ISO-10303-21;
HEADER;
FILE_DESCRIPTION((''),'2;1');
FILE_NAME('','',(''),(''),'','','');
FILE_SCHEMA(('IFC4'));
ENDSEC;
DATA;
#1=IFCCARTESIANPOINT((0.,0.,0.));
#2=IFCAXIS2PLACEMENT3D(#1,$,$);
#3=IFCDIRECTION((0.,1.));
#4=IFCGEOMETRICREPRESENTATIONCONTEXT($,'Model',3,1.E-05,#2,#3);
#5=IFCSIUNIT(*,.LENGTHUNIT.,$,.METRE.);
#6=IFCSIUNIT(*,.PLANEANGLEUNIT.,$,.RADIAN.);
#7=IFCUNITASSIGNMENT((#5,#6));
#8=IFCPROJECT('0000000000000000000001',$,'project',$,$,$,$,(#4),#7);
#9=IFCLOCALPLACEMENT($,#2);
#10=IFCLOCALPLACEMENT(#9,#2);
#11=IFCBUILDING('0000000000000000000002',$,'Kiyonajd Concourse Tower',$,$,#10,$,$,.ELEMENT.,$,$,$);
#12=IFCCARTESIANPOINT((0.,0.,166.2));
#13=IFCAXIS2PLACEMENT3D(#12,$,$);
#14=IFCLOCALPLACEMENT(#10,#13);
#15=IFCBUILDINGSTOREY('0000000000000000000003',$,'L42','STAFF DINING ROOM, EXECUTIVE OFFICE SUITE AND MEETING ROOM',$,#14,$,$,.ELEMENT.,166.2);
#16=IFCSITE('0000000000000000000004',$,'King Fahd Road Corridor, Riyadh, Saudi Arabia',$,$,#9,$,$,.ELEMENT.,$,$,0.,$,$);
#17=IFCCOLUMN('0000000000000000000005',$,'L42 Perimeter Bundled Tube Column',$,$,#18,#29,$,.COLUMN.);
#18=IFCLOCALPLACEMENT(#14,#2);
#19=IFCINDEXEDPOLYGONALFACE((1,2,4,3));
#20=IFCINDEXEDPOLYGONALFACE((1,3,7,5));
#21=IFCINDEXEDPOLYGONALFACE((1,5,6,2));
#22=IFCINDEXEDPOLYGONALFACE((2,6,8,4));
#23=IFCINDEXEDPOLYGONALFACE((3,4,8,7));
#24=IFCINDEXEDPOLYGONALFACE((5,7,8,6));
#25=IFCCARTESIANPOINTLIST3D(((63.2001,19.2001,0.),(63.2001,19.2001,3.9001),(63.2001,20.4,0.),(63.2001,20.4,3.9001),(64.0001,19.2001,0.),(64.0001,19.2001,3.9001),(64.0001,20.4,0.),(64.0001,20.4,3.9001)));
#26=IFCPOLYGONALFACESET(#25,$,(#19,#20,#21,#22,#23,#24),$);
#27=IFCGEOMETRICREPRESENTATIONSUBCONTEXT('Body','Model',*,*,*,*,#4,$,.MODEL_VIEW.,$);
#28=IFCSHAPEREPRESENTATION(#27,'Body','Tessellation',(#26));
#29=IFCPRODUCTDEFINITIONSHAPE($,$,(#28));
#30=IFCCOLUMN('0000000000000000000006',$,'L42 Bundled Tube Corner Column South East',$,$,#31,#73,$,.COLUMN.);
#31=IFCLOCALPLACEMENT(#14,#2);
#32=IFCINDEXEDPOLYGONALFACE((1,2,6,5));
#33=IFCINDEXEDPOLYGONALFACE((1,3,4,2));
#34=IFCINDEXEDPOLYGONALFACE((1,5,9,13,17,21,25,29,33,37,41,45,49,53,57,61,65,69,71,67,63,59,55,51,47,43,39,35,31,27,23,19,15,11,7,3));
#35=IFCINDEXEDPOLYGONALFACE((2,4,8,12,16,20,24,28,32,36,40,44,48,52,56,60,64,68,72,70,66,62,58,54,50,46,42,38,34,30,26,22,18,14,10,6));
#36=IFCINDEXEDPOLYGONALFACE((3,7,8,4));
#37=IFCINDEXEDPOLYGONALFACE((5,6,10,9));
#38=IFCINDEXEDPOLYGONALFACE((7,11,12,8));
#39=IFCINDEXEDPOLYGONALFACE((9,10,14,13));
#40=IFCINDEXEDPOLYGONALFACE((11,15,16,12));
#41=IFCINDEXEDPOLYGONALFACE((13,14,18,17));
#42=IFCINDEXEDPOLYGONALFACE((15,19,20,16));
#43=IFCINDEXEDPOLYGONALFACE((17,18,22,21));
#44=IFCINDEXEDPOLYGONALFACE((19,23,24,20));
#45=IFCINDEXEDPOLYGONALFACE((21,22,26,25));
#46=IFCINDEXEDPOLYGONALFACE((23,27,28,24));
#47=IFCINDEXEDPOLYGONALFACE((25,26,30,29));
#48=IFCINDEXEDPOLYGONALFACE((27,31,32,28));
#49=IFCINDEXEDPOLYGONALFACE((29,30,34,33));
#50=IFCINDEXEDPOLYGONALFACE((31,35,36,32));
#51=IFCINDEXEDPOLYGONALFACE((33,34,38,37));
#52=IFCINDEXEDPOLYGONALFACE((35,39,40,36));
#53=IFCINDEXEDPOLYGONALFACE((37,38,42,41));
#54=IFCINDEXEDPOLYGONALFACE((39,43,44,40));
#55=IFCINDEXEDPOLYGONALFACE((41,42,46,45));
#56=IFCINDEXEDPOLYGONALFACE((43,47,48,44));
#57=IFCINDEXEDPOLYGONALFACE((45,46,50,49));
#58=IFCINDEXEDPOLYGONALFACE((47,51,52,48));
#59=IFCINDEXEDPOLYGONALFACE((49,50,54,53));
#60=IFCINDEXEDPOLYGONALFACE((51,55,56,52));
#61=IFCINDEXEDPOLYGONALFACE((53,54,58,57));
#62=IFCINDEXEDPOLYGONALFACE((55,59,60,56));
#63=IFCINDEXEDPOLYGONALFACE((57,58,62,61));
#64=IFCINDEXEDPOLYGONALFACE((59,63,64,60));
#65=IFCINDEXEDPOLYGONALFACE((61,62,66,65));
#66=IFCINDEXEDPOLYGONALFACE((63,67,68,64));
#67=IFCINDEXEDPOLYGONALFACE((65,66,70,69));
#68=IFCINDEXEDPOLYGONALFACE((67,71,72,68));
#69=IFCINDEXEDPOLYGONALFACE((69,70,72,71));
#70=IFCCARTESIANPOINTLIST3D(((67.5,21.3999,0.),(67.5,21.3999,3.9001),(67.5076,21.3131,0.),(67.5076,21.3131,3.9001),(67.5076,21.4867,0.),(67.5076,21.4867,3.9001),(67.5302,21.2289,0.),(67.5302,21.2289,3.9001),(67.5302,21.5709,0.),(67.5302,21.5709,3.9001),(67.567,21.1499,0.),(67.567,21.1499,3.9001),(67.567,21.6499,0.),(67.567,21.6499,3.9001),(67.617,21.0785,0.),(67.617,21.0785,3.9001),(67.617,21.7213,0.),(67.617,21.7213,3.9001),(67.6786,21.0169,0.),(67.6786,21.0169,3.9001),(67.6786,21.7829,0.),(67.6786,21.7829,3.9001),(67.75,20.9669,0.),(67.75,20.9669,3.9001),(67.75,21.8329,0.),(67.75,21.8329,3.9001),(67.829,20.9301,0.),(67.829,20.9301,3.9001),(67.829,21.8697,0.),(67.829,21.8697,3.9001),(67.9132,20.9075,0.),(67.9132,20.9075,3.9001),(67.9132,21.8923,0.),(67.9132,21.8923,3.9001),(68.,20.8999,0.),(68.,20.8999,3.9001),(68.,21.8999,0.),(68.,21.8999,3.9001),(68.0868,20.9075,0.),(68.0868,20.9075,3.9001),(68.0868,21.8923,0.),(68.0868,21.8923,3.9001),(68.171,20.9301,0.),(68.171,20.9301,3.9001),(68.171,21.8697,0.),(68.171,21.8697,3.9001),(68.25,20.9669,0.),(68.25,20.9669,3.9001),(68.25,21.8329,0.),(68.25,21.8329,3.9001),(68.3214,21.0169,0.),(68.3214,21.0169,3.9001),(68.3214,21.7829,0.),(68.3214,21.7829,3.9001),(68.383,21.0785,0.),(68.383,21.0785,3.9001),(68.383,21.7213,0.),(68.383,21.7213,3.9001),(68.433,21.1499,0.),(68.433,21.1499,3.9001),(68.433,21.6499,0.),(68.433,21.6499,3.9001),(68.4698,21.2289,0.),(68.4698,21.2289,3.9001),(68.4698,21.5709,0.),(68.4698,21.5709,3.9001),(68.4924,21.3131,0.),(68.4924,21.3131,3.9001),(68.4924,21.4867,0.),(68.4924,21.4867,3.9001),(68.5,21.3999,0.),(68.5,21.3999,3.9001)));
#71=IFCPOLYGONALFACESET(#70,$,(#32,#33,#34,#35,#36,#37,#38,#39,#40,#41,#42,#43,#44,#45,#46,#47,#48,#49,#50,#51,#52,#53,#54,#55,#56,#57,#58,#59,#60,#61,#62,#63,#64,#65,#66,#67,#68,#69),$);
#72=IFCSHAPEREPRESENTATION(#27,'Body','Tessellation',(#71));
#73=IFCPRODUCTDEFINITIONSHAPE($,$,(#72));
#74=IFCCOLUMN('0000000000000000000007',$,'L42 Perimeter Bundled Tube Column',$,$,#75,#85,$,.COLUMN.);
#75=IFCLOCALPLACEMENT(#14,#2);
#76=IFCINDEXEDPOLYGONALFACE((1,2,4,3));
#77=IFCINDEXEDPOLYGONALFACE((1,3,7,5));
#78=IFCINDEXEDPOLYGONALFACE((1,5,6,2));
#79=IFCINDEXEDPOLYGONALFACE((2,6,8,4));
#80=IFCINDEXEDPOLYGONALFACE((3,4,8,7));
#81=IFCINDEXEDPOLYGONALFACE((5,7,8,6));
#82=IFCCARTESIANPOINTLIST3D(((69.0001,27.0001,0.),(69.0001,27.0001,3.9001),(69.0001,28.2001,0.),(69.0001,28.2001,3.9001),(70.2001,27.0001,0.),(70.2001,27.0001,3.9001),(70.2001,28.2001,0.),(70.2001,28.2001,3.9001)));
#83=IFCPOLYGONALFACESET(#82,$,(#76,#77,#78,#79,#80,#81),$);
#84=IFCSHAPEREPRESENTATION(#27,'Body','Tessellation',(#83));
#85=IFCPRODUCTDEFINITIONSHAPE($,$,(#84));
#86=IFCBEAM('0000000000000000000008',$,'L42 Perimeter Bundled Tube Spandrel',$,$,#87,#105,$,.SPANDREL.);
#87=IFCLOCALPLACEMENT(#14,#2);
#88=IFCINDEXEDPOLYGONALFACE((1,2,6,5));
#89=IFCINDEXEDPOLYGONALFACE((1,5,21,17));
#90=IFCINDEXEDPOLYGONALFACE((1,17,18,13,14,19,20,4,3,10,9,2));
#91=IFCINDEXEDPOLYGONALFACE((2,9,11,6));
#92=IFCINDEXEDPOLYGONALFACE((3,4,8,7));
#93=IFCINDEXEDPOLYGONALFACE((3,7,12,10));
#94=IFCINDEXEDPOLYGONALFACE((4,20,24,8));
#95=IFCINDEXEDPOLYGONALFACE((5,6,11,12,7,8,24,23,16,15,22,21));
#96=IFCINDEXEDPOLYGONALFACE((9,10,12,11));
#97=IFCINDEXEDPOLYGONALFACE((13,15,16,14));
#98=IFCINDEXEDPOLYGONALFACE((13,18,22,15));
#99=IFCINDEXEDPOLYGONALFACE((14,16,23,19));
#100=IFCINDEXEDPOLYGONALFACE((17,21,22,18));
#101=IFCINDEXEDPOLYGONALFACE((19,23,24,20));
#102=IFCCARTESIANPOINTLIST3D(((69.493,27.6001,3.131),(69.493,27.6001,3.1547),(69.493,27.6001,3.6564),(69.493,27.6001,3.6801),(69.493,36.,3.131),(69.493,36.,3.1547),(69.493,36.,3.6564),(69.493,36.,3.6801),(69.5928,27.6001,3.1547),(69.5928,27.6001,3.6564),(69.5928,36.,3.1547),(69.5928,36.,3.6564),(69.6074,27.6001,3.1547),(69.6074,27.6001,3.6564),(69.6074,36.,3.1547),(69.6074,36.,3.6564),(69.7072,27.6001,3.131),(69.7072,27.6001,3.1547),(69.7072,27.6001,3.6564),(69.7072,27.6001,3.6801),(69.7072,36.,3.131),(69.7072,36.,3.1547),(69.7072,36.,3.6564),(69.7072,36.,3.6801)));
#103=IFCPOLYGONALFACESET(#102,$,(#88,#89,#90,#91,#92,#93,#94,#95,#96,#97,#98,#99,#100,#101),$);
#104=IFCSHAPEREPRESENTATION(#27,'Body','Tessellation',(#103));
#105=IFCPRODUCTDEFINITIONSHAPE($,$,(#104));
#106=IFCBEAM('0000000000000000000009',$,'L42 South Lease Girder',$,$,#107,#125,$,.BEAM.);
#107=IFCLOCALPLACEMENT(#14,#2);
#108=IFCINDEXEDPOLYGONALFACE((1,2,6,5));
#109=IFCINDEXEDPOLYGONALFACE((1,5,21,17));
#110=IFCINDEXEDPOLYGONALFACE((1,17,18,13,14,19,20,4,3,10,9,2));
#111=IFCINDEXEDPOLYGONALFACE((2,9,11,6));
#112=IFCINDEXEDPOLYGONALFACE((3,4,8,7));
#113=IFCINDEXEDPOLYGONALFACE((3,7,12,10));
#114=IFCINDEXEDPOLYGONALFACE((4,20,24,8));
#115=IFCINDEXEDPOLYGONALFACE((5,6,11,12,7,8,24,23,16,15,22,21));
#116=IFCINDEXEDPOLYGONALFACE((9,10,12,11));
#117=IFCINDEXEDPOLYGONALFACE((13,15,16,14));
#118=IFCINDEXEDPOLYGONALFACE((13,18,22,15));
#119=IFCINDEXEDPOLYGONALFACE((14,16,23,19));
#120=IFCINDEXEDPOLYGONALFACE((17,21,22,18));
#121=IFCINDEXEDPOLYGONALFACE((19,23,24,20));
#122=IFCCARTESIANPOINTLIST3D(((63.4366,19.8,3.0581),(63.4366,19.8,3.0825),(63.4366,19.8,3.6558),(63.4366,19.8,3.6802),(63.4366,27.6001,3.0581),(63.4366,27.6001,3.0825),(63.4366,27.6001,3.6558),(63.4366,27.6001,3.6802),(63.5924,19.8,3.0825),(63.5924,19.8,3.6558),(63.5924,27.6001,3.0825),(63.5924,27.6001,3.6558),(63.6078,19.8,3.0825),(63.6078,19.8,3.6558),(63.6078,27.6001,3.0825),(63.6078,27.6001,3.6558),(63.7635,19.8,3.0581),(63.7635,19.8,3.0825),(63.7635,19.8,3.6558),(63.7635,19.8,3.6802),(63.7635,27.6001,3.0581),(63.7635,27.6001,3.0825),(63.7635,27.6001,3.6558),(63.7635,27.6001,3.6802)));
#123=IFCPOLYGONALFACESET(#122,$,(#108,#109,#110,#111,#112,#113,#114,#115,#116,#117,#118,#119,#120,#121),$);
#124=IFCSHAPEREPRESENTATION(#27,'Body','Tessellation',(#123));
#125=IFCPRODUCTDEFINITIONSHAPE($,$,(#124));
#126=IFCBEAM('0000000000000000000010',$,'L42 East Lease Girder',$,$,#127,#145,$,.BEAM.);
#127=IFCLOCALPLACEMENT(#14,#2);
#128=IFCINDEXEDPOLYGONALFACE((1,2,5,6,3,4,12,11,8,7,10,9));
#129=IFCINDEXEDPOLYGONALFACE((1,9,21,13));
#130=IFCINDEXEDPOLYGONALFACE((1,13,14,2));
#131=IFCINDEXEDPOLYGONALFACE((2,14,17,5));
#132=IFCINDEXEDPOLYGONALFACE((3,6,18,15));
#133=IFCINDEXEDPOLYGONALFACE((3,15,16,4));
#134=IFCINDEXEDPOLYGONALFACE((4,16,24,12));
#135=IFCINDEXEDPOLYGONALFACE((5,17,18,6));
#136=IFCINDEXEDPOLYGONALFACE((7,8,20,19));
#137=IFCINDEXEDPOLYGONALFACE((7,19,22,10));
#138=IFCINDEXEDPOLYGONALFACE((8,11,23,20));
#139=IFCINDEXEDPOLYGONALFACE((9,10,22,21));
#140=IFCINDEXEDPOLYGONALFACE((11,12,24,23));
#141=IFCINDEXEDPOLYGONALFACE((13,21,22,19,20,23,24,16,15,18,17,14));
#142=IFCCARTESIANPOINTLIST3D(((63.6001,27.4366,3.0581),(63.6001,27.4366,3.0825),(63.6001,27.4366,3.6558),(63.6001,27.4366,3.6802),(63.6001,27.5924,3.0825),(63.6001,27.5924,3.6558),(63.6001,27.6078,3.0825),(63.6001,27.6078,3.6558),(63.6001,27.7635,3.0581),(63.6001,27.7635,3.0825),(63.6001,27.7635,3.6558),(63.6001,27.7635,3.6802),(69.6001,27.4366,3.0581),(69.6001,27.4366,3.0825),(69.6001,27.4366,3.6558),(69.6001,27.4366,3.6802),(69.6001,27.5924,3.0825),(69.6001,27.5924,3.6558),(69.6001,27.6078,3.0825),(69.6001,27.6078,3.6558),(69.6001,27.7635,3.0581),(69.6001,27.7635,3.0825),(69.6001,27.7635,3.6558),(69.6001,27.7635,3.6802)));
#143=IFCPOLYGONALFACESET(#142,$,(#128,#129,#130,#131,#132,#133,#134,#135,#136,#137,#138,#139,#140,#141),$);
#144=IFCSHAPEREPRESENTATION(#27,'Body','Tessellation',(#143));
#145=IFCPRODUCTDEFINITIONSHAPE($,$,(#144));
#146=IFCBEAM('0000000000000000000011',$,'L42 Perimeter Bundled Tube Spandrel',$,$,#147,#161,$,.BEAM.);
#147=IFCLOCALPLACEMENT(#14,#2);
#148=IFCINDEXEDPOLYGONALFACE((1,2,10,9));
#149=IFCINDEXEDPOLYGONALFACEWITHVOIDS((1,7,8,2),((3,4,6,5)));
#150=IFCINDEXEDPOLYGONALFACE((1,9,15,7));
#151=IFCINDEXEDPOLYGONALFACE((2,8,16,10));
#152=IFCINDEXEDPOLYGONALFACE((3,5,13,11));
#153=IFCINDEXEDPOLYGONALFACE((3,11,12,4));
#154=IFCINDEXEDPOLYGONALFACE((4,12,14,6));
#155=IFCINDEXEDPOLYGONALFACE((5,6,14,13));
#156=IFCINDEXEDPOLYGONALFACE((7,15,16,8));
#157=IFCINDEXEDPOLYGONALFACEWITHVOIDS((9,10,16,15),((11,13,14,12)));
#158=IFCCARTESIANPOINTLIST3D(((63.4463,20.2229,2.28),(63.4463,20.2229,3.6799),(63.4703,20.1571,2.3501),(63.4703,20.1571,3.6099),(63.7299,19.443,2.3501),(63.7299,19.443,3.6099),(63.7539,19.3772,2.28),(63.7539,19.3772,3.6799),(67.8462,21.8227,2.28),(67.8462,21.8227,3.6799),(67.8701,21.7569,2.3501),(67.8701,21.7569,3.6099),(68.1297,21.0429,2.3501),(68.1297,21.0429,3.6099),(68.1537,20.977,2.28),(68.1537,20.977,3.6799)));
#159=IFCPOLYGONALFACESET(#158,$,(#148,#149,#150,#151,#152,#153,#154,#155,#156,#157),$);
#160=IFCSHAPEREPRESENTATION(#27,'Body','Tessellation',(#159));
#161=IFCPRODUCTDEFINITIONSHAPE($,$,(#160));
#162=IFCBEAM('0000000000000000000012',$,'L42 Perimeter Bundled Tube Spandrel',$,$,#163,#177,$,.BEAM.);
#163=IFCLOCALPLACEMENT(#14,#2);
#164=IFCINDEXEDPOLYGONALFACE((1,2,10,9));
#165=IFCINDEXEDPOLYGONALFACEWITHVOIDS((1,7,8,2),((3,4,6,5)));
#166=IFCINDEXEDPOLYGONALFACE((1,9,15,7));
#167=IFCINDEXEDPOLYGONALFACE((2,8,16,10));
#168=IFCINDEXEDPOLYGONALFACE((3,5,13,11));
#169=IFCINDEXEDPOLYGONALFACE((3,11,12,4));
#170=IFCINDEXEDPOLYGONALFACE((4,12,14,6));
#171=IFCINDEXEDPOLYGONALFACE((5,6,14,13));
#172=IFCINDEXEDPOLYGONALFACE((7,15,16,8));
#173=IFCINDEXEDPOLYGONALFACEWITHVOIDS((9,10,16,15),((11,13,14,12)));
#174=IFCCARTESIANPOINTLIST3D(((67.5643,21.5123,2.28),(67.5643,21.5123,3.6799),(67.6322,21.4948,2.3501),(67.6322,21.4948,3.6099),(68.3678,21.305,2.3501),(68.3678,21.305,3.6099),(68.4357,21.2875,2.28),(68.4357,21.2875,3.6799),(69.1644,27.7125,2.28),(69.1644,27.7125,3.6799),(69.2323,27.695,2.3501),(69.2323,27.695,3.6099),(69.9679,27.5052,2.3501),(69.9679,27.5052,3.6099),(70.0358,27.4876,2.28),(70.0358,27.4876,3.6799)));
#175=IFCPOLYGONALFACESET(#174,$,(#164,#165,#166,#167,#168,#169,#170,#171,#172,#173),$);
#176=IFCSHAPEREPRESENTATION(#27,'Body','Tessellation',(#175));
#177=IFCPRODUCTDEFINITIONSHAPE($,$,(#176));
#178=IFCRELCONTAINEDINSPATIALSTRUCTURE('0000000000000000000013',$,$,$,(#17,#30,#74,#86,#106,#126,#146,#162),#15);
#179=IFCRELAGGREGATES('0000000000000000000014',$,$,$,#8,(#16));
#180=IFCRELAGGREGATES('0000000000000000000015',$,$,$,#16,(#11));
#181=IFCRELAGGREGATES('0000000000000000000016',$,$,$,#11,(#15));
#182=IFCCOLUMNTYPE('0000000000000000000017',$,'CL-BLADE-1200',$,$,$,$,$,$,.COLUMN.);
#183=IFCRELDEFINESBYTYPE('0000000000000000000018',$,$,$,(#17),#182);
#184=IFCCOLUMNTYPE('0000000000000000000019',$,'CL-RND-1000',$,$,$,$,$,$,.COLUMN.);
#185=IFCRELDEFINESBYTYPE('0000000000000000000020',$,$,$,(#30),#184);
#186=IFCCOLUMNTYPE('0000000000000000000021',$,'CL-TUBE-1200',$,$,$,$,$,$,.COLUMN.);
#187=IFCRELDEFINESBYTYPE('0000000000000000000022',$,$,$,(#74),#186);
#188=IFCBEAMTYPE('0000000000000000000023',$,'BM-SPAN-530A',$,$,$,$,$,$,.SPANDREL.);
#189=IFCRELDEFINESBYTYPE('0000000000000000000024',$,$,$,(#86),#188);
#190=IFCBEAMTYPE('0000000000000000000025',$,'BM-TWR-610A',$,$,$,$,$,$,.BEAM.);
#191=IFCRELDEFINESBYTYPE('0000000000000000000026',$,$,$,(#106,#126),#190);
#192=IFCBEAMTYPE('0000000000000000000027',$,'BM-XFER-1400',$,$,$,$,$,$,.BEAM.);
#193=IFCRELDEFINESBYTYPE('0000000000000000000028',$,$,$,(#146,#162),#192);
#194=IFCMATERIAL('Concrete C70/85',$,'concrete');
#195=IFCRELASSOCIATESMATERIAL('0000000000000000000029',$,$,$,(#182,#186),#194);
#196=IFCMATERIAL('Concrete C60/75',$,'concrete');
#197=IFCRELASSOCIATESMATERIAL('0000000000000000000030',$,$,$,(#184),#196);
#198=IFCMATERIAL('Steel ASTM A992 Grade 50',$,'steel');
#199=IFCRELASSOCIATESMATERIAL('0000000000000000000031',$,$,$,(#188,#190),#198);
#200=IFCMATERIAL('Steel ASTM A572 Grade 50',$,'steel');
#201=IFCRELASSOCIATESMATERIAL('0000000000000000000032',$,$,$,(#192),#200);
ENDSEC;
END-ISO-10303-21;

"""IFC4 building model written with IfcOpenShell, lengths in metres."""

from ifc_helpers import new_model, si_unit, direction, frame, origin, origin_2d, place, context, subcontext, project, spatial, rectangle, hollow_rectangle, circle, i_section, extrude, material, material_profile, profile_set, type_object, element, save


model = new_model("IFC4")

# Units and contexts
model_context = context("Model", 3, precision=1e-05, world=origin(), true_north=direction((0.0, 1.0)))
body_context = subcontext(model_context, "Body", "Model", "MODEL_VIEW")
ifc_project = project(units=[si_unit("LENGTHUNIT", "METRE"), si_unit("PLANEANGLEUNIT", "RADIAN")], contexts=[model_context])

# Site, building, storey
site_placement = place(None, origin())
site = spatial("IfcSite", under=ifc_project, at=site_placement, Name="King Fahd Road Corridor, Riyadh, Saudi Arabia", CompositionType="ELEMENT", RefElevation=0.0)
building_placement = place(site_placement, origin())
building = spatial("IfcBuilding", under=site, at=building_placement, Name="Kiyonajd Concourse Tower", CompositionType="ELEMENT")
storey_placement = place(building_placement, frame((0.0, 0.0, 166.2)))
storey = spatial("IfcBuildingStorey", under=building, at=storey_placement, Name="L42", Description="STAFF DINING ROOM, EXECUTIVE OFFICE SUITE AND MEETING ROOM", CompositionType="ELEMENT", Elevation=166.2)

# Columns
ifc_material_1 = material(Name="Concrete C70/85", Category="concrete")
ifc_material_profile_1 = material_profile(ifc_material_1, rectangle(XDim=0.8, YDim=1.2, at=origin_2d()), Name="RC-1200x800")
ifc_profile_set_1 = profile_set([ifc_material_profile_1], Name="Concrete C70/85")
column_type_1 = type_object("IfcColumnType", Name="CL-BLADE-1200", PredefinedType="COLUMN", material=ifc_profile_set_1)
column_1_placement = place(storey_placement, frame((63.6001, 19.8, 0.0), z_axis=(0.0, 0.0, 1.0), x_axis=(1.0, 0.0, 0.0)))
element("IfcColumn", 1, at=column_1_placement, inside=storey, type_object=column_type_1, Name="L42 Perimeter Bundled Tube Column", PredefinedType="COLUMN", context=body_context, shape_type="SweptSolid", body=[
    extrude(rectangle(XDim=0.8, YDim=1.2, at=origin_2d()), origin(), (0.0, 0.0, 1.0), 3.9001),
])
ifc_material_2 = material(Name="Concrete C60/75", Category="concrete")
ifc_material_profile_2 = material_profile(ifc_material_2, circle(Radius=0.5, at=origin_2d()), Name="RCC-D1000")
ifc_profile_set_2 = profile_set([ifc_material_profile_2], Name="Concrete C60/75")
column_type_2 = type_object("IfcColumnType", Name="CL-RND-1000", PredefinedType="COLUMN", material=ifc_profile_set_2)
column_2_placement = place(storey_placement, frame((68.0, 21.3999, 0.0), z_axis=(0.0, 0.0, 1.0), x_axis=(1.0, 0.0, 0.0)))
element("IfcColumn", 2, at=column_2_placement, inside=storey, type_object=column_type_2, Name="L42 Bundled Tube Corner Column South East", PredefinedType="COLUMN", context=body_context, shape_type="SweptSolid", body=[
    extrude(circle(Radius=0.5, at=origin_2d()), origin(), (0.0, 0.0, 1.0), 3.9001),
])
ifc_material_profile_3 = material_profile(ifc_material_1, rectangle(XDim=1.2, YDim=1.2, at=origin_2d()), Name="RC-1200x1200")
ifc_profile_set_3 = profile_set([ifc_material_profile_3], Name="Concrete C70/85")
column_type_3 = type_object("IfcColumnType", Name="CL-TUBE-1200", PredefinedType="COLUMN", material=ifc_profile_set_3)
column_3_placement = place(storey_placement, frame((69.6001, 27.6001, 0.0), z_axis=(0.0, 0.0, 1.0), x_axis=(1.0, 0.0, 0.0)))
element("IfcColumn", 3, at=column_3_placement, inside=storey, type_object=column_type_3, Name="L42 Perimeter Bundled Tube Column", PredefinedType="COLUMN", context=body_context, shape_type="SweptSolid", body=[
    extrude(rectangle(XDim=1.2, YDim=1.2, at=origin_2d()), origin(), (0.0, 0.0, 1.0), 3.9001),
])

# Beams
ifc_material_3 = material(Name="Steel ASTM A992 Grade 50", Category="steel")
ifc_material_profile_4 = material_profile(ifc_material_3, i_section(OverallWidth=0.2141, OverallDepth=0.5491, WebThickness=0.0146, FlangeThickness=0.0237, at=origin_2d()), Name="W530X138")
ifc_profile_set_4 = profile_set([ifc_material_profile_4], Name="Steel ASTM A992 Grade 50")
beam_type_1 = type_object("IfcBeamType", Name="BM-SPAN-530A", PredefinedType="SPANDREL", material=ifc_profile_set_4)
beam_1_placement = place(storey_placement, frame((69.6001, 27.6001, 3.4055), z_axis=(0.0, 1.0, 0.0), x_axis=(-1.0, 0.0, 0.0)))
element("IfcBeam", 4, at=beam_1_placement, inside=storey, type_object=beam_type_1, Name="L42 Perimeter Bundled Tube Spandrel", PredefinedType="SPANDREL", context=body_context, shape_type="SweptSolid", body=[
    extrude(i_section(OverallWidth=0.2141, OverallDepth=0.5491, WebThickness=0.0146, FlangeThickness=0.0237, at=origin_2d()), origin(), (0.0, 0.0, 1.0), 8.3999),
])
ifc_material_profile_5 = material_profile(ifc_material_3, i_section(OverallWidth=0.3269, OverallDepth=0.6221, WebThickness=0.0154, FlangeThickness=0.0244, at=origin_2d()), Name="W610X195")
ifc_profile_set_5 = profile_set([ifc_material_profile_5], Name="Steel ASTM A992 Grade 50")
beam_type_2 = type_object("IfcBeamType", Name="BM-TWR-610A", PredefinedType="BEAM", material=ifc_profile_set_5)
beam_2_placement = place(storey_placement, frame((63.6001, 19.8, 3.3691), z_axis=(0.0, 1.0, 0.0), x_axis=(-1.0, 0.0, 0.0)))
element("IfcBeam", 5, at=beam_2_placement, inside=storey, type_object=beam_type_2, Name="L42 South Lease Girder", PredefinedType="BEAM", context=body_context, shape_type="SweptSolid", body=[
    extrude(i_section(OverallWidth=0.3269, OverallDepth=0.6221, WebThickness=0.0154, FlangeThickness=0.0244, at=origin_2d()), origin(), (0.0, 0.0, 1.0), 7.8),
])
beam_3_placement = place(storey_placement, frame((63.6001, 27.6001, 3.3691), z_axis=(1.0, 0.0, 0.0), x_axis=(0.0, 1.0, 0.0)))
element("IfcBeam", 6, at=beam_3_placement, inside=storey, type_object=beam_type_2, Name="L42 East Lease Girder", PredefinedType="BEAM", context=body_context, shape_type="SweptSolid", body=[
    extrude(i_section(OverallWidth=0.3269, OverallDepth=0.6221, WebThickness=0.0154, FlangeThickness=0.0244, at=origin_2d()), origin(), (0.0, 0.0, 1.0), 6.0),
])
ifc_material_4 = material(Name="Steel ASTM A572 Grade 50", Category="steel")
ifc_material_profile_6 = material_profile(ifc_material_4, hollow_rectangle(XDim=0.8999, YDim=1.3999, WallThickness=0.0701, at=origin_2d()), Name="BOX-1400x900x70")
ifc_profile_set_6 = profile_set([ifc_material_profile_6], Name="Steel ASTM A572 Grade 50")
beam_type_3 = type_object("IfcBeamType", Name="BM-XFER-1400", PredefinedType="BEAM", material=ifc_profile_set_6)
beam_4_placement = place(storey_placement, frame((63.6001, 19.8, 2.98), z_axis=(0.939801, 0.341722, 0.0), x_axis=(-0.341722, 0.939801, 0.0)))
element("IfcBeam", 7, at=beam_4_placement, inside=storey, type_object=beam_type_3, Name="L42 Perimeter Bundled Tube Spandrel", PredefinedType="BEAM", context=body_context, shape_type="SweptSolid", body=[
    extrude(hollow_rectangle(XDim=0.8999, YDim=1.3999, WallThickness=0.0701, at=origin_2d()), origin(), (0.0, 0.0, 1.0), 4.6816),
])
beam_5_placement = place(storey_placement, frame((68.0, 21.3999, 2.98), z_axis=(0.249885, 0.968276, 0.0), x_axis=(-0.968276, 0.249885, 0.0)))
element("IfcBeam", 8, at=beam_5_placement, inside=storey, type_object=beam_type_3, Name="L42 Perimeter Bundled Tube Spandrel", PredefinedType="BEAM", context=body_context, shape_type="SweptSolid", body=[
    extrude(hollow_rectangle(XDim=0.8999, YDim=1.3999, WallThickness=0.0701, at=origin_2d()), origin(), (0.0, 0.0, 1.0), 6.4033),
])

save(model, "model.ifc")
